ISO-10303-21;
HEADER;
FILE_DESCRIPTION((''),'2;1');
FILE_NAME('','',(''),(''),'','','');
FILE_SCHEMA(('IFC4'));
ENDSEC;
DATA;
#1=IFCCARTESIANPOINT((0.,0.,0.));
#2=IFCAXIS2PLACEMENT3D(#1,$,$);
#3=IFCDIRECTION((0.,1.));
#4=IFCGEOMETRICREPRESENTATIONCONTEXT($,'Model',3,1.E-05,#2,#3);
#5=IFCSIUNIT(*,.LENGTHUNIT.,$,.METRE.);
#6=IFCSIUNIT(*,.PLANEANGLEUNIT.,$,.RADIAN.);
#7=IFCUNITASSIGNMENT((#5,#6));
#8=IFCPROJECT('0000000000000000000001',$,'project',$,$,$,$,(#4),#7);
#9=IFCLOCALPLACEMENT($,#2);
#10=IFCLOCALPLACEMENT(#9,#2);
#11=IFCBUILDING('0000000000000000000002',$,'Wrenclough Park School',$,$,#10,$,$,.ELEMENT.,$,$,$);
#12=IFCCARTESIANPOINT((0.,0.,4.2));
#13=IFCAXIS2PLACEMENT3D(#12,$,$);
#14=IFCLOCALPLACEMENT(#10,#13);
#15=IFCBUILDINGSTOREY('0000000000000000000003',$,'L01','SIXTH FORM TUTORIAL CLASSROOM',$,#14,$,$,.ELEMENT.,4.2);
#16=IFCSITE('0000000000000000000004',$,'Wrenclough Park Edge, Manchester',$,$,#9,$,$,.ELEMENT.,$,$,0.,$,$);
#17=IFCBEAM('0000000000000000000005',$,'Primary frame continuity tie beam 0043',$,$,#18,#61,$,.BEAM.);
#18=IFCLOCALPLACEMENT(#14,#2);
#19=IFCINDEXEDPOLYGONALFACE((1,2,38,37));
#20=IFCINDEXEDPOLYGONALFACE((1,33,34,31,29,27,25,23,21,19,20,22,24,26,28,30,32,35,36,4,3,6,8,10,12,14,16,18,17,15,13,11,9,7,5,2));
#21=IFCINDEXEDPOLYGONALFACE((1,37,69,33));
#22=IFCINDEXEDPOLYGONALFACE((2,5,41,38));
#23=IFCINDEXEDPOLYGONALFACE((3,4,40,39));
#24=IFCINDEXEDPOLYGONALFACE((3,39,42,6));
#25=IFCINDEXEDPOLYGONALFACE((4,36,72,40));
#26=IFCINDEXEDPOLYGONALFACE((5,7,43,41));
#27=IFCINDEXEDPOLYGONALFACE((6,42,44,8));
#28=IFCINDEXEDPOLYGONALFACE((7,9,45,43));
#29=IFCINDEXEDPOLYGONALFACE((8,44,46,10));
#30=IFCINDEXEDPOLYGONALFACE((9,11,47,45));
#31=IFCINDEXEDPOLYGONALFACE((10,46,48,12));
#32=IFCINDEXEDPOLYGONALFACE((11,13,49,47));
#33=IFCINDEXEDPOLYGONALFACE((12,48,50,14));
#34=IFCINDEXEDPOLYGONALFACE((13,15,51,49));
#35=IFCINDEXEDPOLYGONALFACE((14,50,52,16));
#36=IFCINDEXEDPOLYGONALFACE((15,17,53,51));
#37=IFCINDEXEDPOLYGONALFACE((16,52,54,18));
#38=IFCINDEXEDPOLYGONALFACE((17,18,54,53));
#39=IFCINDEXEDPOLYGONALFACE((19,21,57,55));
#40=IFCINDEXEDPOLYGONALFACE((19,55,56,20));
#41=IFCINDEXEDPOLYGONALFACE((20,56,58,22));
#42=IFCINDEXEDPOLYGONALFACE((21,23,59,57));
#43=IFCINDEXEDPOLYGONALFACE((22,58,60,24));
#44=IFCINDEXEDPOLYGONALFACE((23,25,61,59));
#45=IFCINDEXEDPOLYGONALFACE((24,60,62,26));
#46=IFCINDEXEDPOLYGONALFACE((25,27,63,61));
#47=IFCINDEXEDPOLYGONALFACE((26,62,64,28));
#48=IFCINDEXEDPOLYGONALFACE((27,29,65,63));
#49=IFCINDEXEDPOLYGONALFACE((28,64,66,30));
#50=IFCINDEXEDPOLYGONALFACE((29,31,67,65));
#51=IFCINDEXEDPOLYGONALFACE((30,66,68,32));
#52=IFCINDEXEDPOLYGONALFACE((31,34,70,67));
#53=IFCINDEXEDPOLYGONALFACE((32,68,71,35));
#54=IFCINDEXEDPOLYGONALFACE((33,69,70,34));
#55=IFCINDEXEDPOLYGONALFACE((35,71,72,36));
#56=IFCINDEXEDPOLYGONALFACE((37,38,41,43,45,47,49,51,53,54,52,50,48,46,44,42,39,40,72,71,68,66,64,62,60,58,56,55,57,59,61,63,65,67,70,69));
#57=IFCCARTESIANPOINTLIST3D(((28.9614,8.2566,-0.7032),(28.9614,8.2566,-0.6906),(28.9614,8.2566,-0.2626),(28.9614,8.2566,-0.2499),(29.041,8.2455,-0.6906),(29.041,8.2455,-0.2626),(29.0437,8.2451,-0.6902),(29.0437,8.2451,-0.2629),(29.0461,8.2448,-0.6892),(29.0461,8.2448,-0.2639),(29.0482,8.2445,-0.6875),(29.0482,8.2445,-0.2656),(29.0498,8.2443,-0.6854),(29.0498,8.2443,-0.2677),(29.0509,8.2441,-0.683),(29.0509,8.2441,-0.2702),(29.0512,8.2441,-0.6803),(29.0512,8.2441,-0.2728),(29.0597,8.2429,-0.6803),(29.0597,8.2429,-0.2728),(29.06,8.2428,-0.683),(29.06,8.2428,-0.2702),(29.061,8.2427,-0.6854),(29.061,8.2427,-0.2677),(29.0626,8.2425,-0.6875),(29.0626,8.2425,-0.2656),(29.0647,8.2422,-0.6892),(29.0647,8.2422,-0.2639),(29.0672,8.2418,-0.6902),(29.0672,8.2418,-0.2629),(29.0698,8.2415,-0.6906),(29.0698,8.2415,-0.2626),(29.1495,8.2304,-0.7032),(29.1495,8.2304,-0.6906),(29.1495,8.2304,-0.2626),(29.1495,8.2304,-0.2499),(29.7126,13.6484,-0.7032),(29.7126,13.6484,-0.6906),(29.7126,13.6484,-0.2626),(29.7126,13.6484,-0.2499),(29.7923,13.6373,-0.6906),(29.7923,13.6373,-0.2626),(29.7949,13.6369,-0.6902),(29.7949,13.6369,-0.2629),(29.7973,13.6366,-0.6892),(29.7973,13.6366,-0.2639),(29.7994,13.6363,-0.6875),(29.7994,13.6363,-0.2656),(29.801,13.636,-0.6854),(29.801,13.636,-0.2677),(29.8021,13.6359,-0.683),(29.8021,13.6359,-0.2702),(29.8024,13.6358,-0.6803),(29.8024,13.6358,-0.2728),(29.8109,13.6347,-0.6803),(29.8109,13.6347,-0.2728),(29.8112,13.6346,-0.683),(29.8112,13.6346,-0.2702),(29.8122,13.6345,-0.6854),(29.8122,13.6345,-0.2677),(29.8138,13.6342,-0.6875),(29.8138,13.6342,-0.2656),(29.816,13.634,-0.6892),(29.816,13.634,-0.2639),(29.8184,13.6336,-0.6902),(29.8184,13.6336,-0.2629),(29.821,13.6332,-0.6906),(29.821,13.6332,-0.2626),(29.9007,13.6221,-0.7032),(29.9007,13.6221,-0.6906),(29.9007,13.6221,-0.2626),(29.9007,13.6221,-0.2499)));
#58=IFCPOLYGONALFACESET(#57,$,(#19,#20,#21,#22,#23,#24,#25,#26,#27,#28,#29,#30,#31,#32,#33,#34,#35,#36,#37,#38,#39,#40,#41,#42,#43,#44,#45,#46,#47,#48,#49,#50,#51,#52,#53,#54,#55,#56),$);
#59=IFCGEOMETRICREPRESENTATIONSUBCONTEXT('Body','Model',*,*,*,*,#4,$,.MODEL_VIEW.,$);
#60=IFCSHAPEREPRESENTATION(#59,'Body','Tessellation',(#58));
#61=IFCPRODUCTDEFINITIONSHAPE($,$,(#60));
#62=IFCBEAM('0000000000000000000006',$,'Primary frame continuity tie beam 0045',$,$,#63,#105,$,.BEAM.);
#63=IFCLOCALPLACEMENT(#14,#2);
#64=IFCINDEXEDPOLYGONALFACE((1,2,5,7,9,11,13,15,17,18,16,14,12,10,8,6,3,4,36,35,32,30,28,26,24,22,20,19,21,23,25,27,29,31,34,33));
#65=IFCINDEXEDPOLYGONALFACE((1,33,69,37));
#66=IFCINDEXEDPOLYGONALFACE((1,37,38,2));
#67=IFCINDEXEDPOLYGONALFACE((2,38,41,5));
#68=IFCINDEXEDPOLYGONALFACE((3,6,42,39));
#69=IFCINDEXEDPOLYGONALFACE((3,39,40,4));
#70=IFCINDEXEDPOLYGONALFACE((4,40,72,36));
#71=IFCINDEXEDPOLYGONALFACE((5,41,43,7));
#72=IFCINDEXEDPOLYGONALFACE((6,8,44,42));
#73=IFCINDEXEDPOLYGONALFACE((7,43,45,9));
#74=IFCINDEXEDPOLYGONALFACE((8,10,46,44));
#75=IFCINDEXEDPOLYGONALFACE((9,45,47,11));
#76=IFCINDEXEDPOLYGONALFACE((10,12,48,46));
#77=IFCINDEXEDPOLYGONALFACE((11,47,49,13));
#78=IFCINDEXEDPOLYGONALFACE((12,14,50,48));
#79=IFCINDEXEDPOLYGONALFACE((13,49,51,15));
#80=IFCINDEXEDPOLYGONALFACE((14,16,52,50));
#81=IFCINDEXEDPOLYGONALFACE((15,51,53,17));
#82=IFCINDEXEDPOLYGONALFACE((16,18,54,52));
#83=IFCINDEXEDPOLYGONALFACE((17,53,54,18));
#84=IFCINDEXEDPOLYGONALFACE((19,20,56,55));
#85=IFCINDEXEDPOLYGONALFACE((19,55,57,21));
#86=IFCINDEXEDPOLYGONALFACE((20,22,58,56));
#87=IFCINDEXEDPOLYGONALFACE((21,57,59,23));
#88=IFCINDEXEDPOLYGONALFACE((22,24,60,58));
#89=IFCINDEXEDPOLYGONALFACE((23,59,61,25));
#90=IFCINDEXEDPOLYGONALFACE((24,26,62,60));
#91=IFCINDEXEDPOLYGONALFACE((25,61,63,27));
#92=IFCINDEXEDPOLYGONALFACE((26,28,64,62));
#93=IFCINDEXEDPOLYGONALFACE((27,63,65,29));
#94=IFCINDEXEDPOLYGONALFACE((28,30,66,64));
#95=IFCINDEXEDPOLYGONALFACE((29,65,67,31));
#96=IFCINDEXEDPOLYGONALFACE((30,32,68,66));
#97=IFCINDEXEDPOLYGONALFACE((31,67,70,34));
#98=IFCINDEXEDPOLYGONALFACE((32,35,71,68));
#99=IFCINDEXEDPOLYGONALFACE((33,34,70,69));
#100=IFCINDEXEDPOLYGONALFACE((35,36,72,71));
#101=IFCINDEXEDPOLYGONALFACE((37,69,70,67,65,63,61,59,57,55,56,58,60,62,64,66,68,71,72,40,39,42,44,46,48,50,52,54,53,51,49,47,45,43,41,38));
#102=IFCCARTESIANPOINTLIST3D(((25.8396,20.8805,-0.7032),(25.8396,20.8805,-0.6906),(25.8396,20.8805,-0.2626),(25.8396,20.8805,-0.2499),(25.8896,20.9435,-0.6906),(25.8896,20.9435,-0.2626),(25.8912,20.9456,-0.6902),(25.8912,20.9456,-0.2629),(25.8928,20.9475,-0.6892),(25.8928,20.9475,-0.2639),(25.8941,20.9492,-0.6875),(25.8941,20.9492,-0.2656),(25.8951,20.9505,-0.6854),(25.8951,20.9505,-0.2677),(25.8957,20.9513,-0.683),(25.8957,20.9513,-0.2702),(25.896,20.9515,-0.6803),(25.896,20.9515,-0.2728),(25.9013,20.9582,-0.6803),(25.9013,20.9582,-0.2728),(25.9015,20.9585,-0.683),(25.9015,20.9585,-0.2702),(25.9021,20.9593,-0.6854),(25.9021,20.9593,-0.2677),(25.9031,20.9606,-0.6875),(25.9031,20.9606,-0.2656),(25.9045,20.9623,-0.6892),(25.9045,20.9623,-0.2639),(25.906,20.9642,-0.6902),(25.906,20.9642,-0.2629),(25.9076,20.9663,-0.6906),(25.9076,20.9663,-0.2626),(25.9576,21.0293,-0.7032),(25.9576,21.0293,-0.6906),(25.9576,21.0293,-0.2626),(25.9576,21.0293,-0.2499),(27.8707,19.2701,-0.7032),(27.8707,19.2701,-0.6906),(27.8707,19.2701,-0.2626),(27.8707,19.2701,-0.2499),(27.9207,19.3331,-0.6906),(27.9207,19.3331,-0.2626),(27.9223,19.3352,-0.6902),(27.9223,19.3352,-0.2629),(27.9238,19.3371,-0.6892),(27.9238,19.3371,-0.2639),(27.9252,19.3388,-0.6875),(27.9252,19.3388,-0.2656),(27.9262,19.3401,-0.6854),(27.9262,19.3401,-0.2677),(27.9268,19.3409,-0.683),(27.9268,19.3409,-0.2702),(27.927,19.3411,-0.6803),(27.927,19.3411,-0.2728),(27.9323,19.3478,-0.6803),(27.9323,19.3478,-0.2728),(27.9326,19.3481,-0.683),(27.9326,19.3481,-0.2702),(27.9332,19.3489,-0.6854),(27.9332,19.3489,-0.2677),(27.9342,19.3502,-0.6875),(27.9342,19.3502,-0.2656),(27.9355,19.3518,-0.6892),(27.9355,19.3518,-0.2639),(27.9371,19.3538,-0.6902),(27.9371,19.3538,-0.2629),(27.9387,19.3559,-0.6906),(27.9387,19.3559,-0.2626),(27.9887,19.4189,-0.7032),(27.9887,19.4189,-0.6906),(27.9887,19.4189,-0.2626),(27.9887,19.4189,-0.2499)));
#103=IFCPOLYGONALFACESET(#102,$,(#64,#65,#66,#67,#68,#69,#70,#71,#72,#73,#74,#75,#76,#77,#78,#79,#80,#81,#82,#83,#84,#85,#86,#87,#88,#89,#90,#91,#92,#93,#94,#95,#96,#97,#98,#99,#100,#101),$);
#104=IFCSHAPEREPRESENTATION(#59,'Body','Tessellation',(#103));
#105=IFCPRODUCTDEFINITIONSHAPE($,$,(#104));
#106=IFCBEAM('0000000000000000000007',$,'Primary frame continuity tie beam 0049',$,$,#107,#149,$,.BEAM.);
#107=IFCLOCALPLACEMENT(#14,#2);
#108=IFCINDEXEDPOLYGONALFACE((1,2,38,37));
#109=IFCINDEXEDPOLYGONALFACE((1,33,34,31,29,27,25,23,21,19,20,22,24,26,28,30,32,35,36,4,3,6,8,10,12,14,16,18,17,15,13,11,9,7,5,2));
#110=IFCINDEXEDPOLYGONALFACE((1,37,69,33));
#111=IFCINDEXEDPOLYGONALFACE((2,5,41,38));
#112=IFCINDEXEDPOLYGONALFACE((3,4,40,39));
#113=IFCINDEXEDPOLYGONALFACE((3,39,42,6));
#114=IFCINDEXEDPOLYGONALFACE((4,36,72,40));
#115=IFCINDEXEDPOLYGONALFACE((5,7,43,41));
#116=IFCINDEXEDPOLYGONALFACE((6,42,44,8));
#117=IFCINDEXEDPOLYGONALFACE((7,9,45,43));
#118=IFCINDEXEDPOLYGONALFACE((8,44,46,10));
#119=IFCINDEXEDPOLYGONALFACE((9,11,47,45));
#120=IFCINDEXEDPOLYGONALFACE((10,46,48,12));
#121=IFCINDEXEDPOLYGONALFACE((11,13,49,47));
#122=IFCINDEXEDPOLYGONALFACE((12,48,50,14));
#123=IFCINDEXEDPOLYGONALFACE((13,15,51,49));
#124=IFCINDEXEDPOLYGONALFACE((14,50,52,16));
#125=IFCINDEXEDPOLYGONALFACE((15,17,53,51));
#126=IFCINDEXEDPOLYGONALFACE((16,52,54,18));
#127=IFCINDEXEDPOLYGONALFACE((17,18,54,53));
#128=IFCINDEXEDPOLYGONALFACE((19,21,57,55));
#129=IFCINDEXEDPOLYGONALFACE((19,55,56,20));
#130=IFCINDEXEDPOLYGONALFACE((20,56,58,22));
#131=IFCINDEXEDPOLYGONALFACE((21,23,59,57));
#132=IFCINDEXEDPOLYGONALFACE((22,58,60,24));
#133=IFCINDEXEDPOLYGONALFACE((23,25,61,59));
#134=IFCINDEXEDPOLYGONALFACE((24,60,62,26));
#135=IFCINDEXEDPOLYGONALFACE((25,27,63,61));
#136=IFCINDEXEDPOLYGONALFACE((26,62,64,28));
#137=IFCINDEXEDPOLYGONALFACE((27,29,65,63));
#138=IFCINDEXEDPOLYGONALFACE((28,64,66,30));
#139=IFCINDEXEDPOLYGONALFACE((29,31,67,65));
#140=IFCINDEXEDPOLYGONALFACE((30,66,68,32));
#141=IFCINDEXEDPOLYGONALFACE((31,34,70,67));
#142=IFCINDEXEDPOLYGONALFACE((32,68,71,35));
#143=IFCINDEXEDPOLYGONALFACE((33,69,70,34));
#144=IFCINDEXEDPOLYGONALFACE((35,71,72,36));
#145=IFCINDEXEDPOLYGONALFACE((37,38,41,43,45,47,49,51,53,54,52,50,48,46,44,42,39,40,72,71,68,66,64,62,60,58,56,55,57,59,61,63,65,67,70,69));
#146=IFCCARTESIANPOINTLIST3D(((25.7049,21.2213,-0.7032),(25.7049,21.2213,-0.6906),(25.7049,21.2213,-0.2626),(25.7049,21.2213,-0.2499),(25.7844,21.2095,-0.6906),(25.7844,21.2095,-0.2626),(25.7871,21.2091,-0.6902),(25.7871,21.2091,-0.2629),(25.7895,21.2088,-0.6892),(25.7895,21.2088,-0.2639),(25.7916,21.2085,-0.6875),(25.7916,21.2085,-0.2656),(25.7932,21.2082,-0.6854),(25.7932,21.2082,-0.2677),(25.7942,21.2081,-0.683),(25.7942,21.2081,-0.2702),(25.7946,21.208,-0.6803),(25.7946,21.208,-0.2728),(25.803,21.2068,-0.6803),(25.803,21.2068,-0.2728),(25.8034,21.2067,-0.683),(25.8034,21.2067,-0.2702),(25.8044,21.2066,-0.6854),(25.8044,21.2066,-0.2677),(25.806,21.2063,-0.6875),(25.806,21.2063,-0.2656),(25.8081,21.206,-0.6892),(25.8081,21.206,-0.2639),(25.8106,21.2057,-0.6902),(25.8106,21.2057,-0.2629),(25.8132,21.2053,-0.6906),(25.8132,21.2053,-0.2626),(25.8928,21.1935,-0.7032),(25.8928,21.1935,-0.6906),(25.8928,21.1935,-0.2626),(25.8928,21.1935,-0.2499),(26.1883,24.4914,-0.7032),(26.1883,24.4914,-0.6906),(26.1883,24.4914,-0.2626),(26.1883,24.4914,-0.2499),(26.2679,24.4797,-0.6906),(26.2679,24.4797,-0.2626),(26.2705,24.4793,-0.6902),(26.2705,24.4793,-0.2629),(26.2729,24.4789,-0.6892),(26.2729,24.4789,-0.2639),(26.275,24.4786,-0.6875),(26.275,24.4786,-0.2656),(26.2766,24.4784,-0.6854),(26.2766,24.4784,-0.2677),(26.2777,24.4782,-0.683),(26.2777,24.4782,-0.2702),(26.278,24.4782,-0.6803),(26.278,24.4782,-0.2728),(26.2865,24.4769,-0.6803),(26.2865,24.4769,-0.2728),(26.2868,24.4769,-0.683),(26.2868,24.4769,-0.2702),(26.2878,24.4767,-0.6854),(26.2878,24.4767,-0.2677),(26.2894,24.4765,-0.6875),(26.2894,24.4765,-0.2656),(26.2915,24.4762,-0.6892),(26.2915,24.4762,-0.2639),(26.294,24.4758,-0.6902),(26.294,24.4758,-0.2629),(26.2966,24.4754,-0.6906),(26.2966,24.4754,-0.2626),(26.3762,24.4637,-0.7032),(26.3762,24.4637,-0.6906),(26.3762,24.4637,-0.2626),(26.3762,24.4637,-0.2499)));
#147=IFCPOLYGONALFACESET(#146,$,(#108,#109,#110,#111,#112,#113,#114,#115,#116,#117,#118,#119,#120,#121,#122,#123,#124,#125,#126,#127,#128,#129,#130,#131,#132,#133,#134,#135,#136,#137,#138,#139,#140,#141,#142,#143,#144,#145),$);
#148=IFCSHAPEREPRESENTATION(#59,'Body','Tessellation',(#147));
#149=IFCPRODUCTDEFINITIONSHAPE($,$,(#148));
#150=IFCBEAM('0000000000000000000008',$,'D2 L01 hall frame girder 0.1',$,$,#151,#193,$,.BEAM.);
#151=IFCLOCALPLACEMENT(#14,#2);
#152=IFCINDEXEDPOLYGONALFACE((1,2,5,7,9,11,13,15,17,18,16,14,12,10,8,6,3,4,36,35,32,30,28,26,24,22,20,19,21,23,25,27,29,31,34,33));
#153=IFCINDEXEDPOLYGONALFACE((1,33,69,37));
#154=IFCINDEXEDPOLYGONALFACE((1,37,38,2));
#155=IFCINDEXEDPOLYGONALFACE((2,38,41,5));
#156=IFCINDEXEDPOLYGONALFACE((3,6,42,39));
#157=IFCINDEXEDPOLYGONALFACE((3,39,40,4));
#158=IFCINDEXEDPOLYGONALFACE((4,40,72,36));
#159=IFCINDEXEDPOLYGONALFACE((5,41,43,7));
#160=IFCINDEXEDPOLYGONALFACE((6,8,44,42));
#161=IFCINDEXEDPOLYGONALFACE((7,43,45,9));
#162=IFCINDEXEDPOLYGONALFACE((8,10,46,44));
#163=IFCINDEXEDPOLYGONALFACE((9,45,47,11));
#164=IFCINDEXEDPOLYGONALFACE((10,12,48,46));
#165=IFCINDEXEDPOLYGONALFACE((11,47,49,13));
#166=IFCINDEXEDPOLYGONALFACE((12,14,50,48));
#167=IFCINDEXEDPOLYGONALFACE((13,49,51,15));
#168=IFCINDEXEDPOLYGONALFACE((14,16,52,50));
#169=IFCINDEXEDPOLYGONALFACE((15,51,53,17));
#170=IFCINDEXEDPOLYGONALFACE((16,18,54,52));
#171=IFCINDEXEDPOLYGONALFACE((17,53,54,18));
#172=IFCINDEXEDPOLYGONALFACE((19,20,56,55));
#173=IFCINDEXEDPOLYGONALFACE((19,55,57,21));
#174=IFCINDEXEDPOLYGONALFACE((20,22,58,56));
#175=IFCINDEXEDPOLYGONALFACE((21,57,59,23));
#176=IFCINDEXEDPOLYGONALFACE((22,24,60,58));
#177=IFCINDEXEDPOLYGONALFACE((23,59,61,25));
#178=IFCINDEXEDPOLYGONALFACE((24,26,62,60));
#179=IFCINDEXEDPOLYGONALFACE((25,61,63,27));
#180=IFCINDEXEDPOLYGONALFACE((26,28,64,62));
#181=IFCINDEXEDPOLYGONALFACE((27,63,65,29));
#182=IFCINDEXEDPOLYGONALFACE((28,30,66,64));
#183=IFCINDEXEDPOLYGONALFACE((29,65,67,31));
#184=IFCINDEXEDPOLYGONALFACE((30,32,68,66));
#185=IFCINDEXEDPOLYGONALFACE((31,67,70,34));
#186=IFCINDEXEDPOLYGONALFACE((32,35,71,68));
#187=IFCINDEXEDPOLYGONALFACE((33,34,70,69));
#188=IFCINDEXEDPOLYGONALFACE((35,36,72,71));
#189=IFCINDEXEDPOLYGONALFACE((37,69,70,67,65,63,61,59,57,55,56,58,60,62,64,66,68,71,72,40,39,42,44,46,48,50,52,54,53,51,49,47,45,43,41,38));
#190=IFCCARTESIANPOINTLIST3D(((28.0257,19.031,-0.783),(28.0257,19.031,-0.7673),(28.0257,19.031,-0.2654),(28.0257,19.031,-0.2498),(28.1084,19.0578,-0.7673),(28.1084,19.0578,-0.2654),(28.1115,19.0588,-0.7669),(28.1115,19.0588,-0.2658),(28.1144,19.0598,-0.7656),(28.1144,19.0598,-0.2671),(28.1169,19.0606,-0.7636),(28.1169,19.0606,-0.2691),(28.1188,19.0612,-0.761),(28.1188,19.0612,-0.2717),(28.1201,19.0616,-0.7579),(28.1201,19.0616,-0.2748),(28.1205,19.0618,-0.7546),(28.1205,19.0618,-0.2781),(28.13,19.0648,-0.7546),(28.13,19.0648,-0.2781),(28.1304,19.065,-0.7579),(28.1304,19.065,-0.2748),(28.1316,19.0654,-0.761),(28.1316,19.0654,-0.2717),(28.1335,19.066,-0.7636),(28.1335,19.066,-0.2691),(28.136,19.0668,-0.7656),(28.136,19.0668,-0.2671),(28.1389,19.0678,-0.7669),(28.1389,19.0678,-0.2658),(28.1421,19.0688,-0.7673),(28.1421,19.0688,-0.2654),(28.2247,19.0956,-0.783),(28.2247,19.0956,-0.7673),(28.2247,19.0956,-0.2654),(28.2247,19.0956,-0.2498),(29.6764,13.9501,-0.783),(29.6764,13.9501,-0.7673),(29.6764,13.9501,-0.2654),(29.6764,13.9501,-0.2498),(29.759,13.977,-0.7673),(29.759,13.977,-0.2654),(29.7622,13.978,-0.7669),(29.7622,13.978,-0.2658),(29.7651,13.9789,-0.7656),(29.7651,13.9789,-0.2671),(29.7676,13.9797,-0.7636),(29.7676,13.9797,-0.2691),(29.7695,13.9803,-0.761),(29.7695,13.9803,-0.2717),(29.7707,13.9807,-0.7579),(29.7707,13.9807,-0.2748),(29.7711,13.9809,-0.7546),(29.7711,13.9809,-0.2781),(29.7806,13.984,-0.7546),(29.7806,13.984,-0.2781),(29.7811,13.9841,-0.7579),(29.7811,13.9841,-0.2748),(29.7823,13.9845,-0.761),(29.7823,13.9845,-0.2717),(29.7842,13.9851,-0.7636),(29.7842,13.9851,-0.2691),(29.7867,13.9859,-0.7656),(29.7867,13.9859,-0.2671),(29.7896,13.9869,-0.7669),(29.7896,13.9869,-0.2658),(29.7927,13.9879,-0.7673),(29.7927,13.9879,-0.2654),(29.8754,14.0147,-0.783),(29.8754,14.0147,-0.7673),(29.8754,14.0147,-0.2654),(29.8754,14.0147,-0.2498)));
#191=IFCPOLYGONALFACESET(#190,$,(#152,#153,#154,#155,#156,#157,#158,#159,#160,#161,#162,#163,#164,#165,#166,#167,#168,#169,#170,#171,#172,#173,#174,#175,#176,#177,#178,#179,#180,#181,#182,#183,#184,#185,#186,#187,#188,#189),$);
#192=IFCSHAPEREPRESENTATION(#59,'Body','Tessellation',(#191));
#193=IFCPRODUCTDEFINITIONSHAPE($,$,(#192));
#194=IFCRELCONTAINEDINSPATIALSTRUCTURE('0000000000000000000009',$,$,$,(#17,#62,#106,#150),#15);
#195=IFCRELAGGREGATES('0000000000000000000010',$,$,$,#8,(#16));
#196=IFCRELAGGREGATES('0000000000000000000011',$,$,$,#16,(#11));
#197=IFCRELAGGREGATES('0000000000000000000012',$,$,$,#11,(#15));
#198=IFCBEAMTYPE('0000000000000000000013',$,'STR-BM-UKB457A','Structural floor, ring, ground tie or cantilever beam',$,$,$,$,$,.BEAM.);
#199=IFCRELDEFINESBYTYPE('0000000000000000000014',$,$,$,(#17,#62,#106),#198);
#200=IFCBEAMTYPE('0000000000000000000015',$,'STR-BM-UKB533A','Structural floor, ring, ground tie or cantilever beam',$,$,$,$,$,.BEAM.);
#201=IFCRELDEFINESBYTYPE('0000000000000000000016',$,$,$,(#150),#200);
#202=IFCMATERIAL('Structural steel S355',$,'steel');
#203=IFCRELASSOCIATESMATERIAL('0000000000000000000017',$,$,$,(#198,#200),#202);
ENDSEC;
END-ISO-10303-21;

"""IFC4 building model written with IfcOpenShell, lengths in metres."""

from ifc_helpers import new_model, si_unit, direction, frame, origin, origin_2d, place, context, subcontext, project, spatial, i_section, extrude, material, material_profile, profile_set, type_object, element, save


model = new_model("IFC4")

# Units and contexts
model_context = context("Model", 3, precision=1e-05, world=origin(), true_north=direction((0.0, 1.0)))
body_context = subcontext(model_context, "Body", "Model", "MODEL_VIEW")
ifc_project = project(units=[si_unit("LENGTHUNIT", "METRE"), si_unit("PLANEANGLEUNIT", "RADIAN")], contexts=[model_context])

# Site, building, storey
site_placement = place(None, origin())
site = spatial("IfcSite", under=ifc_project, at=site_placement, Name="Wrenclough Park Edge, Manchester", CompositionType="ELEMENT", RefElevation=0.0)
building_placement = place(site_placement, origin())
building = spatial("IfcBuilding", under=site, at=building_placement, Name="Wrenclough Park School", CompositionType="ELEMENT")
storey_placement = place(building_placement, frame((0.0, 0.0, 4.2)))
storey = spatial("IfcBuildingStorey", under=building, at=storey_placement, Name="L01", Description="SIXTH FORM TUTORIAL CLASSROOM", CompositionType="ELEMENT", Elevation=4.2)

# Shared definitions
ifc_material_1 = material(Name="Structural steel S355", Category="steel")

# Beams
ifc_material_profile_1 = material_profile(ifc_material_1, i_section(OverallWidth=0.1899, OverallDepth=0.4534, WebThickness=0.0085, FlangeThickness=0.0127, FilletRadius=0.0103, at=origin_2d()), Name="UKB 457x191x67")
ifc_profile_set_1 = profile_set([ifc_material_profile_1], Name="Structural steel S355")
beam_type_1 = type_object("IfcBeamType", Name="STR-BM-UKB457A", Description="Structural floor, ring, ground tie or cantilever beam", PredefinedType="BEAM", material=ifc_profile_set_1)
beam_1_placement = place(storey_placement, frame((29.8066, 13.6353, -0.4766), z_axis=(-0.137992, -0.990433, 0.0), x_axis=(0.990433, -0.137992, 0.0)))
element("IfcBeam", 1, at=beam_1_placement, inside=storey, type_object=beam_type_1, Name="Primary frame continuity tie beam 0043", PredefinedType="BEAM", context=body_context, shape_type="SweptSolid", body=[
    extrude(i_section(OverallWidth=0.1899, OverallDepth=0.4534, WebThickness=0.0085, FlangeThickness=0.0127, FilletRadius=0.0103, at=origin_2d()), origin(), (0.0, 0.0, 1.0), 5.4438),
])
beam_2_placement = place(storey_placement, frame((27.9297, 19.3445, -0.4766), z_axis=(-0.783581, 0.621289, 0.0), x_axis=(-0.621289, -0.783581, 0.0)))
element("IfcBeam", 2, at=beam_2_placement, inside=storey, type_object=beam_type_1, Name="Primary frame continuity tie beam 0045", PredefinedType="BEAM", context=body_context, shape_type="SweptSolid", body=[
    extrude(i_section(OverallWidth=0.1899, OverallDepth=0.4534, WebThickness=0.0085, FlangeThickness=0.0127, FilletRadius=0.0103, at=origin_2d()), origin(), (0.0, 0.0, 1.0), 2.592),
])
beam_3_placement = place(storey_placement, frame((26.2822, 24.4775, -0.4766), z_axis=(-0.146238, -0.989249, 0.0), x_axis=(0.989249, -0.146238, 0.0)))
element("IfcBeam", 3, at=beam_3_placement, inside=storey, type_object=beam_type_1, Name="Primary frame continuity tie beam 0049", PredefinedType="BEAM", context=body_context, shape_type="SweptSolid", body=[
    extrude(i_section(OverallWidth=0.1899, OverallDepth=0.4534, WebThickness=0.0085, FlangeThickness=0.0127, FilletRadius=0.0103, at=origin_2d()), origin(), (0.0, 0.0, 1.0), 3.3057),
])
ifc_material_profile_2 = material_profile(ifc_material_1, i_section(OverallWidth=0.2092, OverallDepth=0.5332, WebThickness=0.01, FlangeThickness=0.0156, FilletRadius=0.0127, at=origin_2d()), Name="UKB 533x210x92")
ifc_profile_set_2 = profile_set([ifc_material_profile_2], Name="Structural steel S355")
beam_type_2 = type_object("IfcBeamType", Name="STR-BM-UKB533A", Description="Structural floor, ring, ground tie or cantilever beam", PredefinedType="BEAM", material=ifc_profile_set_2)
for number, where, z_axis, x_axis, name in (
    (4, (29.7759, 13.9824, -0.5164), (-0.30898, 0.951069, 0.0), (-0.951069, -0.30898, 0.0), "D2 L01 hall frame girder 0.1"),
):
    element("IfcBeam", number, at=place(storey_placement, frame(where, z_axis=z_axis, x_axis=x_axis)), inside=storey, type_object=beam_type_2, Name=name, PredefinedType="BEAM", context=body_context, shape_type="SweptSolid", body=[
        extrude(i_section(OverallWidth=0.2092, OverallDepth=0.5332, WebThickness=0.01, FlangeThickness=0.0156, FilletRadius=0.0127, at=origin_2d()), origin(), (0.0, 0.0, 1.0), 5.3423),
    ])

save(model, "model.ifc")
